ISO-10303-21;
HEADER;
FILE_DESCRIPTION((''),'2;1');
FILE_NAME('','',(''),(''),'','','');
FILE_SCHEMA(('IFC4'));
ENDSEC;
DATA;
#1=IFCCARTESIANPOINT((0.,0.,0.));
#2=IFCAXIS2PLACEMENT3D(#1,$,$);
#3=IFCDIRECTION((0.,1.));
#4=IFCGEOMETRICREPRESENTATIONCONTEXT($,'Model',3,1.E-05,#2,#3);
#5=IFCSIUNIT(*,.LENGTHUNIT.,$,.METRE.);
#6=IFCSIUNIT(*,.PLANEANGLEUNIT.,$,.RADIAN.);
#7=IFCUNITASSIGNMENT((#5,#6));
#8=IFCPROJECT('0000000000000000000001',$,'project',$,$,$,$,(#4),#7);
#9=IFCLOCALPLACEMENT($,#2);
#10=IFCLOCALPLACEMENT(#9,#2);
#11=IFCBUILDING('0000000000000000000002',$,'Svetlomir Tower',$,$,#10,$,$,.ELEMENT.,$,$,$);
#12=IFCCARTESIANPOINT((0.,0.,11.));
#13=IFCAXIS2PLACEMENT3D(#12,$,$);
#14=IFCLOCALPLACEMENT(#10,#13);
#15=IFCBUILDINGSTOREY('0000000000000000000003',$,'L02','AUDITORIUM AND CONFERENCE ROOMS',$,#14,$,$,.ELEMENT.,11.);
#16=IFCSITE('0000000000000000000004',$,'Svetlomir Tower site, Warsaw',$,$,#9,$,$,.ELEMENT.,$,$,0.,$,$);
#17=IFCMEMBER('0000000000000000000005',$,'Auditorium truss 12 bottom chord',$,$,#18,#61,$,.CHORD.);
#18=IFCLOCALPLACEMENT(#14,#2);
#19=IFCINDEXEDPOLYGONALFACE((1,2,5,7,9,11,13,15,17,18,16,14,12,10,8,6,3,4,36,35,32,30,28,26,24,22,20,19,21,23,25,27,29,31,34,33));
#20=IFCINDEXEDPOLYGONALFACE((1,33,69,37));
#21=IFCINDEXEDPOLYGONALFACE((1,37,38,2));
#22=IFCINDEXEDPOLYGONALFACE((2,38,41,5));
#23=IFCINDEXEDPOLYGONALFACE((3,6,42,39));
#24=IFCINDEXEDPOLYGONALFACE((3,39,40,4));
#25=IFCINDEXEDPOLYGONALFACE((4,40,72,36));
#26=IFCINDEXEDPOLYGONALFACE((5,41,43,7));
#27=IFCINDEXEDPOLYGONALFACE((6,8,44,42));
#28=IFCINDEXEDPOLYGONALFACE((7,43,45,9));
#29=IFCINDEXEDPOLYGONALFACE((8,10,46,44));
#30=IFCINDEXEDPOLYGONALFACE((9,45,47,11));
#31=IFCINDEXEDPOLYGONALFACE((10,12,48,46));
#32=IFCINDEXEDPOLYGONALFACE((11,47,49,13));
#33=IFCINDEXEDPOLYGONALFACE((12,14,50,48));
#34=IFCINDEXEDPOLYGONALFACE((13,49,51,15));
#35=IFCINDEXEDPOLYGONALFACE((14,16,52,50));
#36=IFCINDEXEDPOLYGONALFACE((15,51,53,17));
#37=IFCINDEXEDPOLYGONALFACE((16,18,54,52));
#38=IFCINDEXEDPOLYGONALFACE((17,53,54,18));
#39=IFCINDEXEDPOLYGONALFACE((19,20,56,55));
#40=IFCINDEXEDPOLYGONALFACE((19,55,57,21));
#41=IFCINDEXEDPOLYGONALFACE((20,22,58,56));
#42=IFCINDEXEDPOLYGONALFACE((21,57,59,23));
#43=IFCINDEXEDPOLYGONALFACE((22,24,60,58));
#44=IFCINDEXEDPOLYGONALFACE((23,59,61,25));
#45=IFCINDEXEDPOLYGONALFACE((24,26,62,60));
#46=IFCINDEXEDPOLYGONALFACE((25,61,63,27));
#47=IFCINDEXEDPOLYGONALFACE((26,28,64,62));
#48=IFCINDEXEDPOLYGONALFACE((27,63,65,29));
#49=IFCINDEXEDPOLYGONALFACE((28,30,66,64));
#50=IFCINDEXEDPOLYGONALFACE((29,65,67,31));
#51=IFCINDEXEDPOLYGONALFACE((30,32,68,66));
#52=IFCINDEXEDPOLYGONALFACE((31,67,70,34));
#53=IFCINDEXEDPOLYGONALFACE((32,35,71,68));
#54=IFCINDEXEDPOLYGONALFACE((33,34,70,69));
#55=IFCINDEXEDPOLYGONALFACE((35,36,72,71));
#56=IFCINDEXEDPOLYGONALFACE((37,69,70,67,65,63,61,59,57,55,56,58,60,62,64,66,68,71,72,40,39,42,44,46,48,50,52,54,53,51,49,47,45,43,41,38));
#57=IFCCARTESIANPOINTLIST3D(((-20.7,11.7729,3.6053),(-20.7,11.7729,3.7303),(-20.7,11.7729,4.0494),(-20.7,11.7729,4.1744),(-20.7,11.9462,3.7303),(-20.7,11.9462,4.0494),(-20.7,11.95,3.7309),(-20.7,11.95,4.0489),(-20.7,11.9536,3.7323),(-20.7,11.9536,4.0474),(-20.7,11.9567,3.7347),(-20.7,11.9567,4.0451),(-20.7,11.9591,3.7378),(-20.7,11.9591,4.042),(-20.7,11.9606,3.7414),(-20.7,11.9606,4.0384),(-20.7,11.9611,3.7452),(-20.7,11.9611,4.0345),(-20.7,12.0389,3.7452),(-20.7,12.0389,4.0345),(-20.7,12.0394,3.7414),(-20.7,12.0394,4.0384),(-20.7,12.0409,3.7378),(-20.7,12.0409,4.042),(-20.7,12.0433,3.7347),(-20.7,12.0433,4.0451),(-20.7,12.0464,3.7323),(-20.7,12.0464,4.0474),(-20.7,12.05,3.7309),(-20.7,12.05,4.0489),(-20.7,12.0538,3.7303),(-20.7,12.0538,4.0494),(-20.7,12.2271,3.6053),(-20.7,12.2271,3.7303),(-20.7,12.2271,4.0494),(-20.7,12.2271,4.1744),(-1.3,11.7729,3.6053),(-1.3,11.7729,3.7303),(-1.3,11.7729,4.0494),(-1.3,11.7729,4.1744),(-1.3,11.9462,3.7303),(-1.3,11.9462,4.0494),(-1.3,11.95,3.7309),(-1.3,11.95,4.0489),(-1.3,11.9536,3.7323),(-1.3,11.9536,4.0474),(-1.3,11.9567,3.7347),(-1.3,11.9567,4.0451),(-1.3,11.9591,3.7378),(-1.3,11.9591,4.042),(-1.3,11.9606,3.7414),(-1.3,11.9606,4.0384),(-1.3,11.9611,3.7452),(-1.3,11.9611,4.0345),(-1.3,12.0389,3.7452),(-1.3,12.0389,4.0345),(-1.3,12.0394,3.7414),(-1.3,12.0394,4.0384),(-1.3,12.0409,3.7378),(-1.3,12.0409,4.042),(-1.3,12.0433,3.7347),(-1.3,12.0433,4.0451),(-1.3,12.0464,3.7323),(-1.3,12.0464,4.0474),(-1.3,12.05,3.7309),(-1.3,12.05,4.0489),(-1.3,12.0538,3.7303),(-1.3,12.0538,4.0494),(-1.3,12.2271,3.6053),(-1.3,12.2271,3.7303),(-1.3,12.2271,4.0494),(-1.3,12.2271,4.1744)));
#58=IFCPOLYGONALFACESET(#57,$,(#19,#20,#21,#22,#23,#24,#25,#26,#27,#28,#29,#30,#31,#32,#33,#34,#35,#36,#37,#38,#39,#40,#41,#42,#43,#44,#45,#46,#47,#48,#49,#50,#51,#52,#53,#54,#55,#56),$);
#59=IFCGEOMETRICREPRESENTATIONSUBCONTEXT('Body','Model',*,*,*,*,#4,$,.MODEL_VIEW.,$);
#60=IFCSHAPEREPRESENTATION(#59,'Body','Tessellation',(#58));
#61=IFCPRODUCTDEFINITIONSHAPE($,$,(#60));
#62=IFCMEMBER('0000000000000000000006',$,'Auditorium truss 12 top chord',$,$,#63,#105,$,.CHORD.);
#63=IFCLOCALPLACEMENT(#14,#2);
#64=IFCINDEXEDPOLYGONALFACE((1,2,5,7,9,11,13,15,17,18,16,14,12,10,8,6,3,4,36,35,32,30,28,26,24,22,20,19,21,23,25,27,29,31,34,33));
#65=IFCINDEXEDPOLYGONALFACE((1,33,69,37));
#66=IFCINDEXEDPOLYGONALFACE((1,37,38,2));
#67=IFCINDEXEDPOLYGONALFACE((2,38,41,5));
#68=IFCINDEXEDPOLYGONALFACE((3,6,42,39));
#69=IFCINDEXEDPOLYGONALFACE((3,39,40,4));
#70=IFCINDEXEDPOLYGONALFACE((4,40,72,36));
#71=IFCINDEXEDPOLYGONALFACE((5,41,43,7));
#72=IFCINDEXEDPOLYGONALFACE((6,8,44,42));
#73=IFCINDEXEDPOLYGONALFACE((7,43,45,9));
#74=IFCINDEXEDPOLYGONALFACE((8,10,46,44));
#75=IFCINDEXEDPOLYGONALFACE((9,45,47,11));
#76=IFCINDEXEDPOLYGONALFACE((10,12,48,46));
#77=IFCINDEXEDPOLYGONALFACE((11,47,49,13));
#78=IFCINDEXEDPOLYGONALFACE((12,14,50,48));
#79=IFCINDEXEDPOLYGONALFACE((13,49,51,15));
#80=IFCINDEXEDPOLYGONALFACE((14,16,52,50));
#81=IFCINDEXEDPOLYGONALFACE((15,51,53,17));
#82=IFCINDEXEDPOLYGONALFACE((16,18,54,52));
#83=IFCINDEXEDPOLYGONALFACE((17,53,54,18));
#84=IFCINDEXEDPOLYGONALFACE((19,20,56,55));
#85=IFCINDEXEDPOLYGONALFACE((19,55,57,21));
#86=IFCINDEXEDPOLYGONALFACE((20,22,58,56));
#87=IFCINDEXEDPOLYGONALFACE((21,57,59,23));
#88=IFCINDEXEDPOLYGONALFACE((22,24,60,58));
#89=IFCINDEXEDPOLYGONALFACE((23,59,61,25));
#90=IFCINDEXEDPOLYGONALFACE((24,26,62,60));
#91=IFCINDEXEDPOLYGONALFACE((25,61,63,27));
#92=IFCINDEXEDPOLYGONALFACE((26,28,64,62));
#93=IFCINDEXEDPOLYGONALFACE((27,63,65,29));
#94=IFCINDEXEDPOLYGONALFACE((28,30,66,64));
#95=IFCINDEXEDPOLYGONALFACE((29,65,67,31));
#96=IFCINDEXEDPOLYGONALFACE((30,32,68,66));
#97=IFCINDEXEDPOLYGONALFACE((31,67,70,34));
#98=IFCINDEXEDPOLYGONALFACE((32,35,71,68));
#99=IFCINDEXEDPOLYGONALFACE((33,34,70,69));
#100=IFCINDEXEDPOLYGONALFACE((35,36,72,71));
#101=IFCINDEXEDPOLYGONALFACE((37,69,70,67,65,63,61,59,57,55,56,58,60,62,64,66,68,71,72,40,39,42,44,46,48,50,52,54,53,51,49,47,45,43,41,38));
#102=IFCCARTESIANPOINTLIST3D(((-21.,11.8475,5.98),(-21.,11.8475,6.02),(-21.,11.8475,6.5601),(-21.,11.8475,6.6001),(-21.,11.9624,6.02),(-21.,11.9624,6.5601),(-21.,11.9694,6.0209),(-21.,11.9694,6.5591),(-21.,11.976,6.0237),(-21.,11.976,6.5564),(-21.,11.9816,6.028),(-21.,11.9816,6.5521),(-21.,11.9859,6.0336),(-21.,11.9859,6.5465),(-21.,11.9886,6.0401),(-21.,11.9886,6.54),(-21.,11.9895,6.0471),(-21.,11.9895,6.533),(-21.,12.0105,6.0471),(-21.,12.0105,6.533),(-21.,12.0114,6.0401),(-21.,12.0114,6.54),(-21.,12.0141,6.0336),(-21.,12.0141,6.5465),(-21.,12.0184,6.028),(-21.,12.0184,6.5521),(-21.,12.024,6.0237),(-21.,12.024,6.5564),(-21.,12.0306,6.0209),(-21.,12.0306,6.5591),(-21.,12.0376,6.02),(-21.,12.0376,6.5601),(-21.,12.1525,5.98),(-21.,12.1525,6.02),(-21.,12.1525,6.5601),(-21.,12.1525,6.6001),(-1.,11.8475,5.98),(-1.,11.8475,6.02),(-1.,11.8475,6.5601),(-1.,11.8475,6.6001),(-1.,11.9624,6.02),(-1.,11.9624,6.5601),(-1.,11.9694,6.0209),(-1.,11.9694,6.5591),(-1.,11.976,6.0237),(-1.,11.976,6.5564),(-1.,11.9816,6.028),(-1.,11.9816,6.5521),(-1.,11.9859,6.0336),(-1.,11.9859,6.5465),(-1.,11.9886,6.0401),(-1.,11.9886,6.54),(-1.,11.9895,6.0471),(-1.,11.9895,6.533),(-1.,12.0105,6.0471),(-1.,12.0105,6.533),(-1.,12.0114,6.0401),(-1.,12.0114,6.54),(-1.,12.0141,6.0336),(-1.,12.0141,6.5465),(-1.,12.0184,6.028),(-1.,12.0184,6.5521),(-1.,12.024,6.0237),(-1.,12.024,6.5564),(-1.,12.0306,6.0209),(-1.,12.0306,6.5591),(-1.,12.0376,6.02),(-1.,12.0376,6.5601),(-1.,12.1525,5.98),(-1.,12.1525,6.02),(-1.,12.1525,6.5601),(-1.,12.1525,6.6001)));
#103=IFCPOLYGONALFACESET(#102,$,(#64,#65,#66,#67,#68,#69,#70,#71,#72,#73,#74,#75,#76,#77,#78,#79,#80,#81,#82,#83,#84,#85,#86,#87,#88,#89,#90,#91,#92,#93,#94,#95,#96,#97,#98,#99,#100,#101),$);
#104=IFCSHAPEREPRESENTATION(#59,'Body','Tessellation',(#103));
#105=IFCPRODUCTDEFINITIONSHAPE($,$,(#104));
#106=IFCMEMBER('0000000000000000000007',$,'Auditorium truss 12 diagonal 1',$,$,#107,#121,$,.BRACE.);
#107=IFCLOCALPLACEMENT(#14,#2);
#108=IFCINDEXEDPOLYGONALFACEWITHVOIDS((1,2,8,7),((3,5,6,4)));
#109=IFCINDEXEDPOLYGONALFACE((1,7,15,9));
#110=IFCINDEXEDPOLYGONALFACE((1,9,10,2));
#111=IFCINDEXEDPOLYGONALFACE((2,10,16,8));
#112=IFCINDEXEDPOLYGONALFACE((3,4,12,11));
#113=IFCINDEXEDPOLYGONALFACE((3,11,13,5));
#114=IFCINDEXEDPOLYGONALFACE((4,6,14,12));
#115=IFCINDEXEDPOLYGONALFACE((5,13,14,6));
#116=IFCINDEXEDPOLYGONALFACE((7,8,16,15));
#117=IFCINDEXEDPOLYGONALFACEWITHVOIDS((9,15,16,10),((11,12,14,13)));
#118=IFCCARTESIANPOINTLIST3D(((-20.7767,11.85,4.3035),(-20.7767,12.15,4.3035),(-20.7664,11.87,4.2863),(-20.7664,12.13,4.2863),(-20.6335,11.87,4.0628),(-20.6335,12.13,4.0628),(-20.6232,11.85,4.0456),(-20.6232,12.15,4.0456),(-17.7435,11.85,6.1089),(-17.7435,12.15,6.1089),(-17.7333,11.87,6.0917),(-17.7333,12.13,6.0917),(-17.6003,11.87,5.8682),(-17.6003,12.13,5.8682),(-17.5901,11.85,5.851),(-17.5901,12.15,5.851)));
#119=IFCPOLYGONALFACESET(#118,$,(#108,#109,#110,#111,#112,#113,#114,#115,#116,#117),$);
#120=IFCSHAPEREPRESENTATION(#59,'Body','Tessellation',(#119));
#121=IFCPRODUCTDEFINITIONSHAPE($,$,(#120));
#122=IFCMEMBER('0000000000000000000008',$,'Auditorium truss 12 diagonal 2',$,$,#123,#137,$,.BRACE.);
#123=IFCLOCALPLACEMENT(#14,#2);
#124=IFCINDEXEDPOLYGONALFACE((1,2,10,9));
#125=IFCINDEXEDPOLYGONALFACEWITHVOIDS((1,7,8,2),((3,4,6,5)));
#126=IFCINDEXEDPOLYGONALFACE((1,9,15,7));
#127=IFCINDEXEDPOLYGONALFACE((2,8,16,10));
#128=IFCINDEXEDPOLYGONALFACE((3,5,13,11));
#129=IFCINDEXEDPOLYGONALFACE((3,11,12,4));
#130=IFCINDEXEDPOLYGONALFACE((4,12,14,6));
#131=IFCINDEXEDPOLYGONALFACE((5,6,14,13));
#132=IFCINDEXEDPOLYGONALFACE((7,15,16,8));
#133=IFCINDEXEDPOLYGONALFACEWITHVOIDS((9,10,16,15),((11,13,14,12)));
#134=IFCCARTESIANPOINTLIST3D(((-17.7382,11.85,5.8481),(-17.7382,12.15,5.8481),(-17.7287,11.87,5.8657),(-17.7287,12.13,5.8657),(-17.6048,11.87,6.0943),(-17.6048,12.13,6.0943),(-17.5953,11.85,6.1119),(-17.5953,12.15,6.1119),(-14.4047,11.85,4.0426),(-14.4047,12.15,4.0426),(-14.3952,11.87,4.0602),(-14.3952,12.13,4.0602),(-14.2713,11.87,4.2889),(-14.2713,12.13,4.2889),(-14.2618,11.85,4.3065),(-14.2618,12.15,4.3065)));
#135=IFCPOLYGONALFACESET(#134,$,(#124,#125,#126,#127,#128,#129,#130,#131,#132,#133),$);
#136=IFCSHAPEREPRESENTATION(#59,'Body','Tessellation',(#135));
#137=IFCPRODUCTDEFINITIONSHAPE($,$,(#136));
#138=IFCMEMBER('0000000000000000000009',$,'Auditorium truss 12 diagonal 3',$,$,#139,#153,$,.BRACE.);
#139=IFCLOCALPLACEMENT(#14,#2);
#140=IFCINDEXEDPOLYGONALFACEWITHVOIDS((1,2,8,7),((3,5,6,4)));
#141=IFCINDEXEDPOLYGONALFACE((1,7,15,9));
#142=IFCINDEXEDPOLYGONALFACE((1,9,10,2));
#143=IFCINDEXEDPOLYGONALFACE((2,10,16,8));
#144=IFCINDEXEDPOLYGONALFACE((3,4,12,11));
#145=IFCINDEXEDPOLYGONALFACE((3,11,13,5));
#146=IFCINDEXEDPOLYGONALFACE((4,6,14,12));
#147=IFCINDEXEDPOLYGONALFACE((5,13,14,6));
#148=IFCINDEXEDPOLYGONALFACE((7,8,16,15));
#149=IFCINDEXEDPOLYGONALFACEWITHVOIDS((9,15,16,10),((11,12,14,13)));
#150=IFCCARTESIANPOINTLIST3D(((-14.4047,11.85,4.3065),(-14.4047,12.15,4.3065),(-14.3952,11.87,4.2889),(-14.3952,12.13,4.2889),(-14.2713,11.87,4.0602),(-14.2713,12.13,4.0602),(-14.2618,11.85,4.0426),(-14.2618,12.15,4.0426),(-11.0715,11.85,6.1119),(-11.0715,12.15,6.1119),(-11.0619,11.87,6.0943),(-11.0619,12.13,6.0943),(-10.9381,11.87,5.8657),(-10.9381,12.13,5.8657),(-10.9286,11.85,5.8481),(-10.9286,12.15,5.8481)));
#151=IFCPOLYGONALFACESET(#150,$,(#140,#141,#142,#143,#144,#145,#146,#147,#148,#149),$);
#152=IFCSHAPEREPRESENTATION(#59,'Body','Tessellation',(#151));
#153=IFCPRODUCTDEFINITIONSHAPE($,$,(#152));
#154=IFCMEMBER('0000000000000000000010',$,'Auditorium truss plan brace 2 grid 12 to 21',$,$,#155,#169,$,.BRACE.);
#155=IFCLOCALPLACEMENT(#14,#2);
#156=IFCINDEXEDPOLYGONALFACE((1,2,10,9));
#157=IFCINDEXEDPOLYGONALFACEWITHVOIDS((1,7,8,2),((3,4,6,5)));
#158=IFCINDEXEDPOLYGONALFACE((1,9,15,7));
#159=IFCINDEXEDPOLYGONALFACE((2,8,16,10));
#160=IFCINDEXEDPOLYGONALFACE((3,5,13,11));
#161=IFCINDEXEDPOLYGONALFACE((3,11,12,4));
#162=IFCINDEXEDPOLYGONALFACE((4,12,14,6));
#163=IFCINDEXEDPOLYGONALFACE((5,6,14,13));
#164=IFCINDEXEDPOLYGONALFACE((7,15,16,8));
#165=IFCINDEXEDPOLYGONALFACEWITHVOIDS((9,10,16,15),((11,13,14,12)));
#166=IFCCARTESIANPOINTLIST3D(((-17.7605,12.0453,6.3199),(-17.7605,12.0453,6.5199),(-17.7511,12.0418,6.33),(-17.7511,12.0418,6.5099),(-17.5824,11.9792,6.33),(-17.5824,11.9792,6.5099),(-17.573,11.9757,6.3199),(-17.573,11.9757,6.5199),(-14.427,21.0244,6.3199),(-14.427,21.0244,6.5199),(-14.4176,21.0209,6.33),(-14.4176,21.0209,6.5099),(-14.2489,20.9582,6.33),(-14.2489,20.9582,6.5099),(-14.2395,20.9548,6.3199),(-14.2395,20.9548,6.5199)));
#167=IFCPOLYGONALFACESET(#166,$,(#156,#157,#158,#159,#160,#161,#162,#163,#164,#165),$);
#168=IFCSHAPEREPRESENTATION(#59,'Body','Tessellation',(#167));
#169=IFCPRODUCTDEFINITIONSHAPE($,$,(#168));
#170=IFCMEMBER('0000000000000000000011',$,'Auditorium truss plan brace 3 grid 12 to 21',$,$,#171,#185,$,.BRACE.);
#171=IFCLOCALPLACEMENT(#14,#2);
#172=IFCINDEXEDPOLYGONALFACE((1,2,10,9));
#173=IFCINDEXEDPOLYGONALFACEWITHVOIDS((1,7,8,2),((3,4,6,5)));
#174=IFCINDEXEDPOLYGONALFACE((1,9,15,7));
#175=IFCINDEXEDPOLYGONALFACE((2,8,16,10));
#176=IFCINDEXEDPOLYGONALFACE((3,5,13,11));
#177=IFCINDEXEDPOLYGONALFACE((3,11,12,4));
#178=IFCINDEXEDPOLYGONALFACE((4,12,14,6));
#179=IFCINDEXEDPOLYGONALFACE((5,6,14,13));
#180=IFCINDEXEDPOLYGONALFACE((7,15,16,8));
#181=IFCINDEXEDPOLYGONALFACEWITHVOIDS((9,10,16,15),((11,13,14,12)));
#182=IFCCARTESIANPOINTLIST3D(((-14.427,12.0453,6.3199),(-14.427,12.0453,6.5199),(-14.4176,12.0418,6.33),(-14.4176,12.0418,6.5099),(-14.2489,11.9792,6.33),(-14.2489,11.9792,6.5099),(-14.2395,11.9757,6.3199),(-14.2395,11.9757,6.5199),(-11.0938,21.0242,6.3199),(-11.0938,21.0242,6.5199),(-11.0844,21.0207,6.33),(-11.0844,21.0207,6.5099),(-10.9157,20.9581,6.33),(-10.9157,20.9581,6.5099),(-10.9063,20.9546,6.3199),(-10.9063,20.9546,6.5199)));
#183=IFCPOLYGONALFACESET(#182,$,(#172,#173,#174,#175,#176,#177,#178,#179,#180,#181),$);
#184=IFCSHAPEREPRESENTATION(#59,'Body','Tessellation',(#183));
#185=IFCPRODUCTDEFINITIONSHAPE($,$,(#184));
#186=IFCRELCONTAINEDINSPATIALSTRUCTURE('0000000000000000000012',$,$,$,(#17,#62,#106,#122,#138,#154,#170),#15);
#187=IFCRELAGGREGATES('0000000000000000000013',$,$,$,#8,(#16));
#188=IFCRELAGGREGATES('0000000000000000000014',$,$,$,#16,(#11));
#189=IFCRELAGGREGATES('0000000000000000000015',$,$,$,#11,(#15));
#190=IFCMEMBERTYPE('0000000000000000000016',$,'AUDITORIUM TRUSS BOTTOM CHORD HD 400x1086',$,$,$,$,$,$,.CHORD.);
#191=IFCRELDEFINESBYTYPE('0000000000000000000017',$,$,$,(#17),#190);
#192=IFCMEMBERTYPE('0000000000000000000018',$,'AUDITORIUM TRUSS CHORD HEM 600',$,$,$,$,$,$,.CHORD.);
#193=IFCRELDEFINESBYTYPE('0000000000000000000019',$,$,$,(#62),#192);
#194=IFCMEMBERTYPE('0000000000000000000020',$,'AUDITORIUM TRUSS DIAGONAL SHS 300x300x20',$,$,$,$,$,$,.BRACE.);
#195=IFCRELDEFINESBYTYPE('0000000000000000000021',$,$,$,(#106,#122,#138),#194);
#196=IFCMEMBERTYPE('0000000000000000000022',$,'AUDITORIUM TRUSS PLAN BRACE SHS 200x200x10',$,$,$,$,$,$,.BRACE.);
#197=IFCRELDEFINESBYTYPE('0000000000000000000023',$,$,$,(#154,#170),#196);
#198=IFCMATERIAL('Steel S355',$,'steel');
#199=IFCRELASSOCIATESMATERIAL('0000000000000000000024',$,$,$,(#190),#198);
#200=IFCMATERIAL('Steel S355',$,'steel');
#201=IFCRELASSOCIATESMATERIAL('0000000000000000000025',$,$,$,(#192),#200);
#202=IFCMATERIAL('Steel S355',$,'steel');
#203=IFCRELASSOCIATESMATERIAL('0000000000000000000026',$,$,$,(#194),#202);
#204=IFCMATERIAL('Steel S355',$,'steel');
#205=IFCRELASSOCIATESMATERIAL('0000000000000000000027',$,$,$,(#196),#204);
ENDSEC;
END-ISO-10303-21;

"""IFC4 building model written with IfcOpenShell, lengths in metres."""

from ifc_helpers import new_model, si_unit, direction, frame, origin, origin_2d, place, context, subcontext, project, spatial, hollow_rectangle, i_section, extrude, material, material_profile, profile_set, type_object, element, save


model = new_model("IFC4")

# Units and contexts
model_context = context("Model", 3, precision=1e-05, world=origin(), true_north=direction((0.0, 1.0)))
body_context = subcontext(model_context, "Body", "Model", "MODEL_VIEW")
ifc_project = project(units=[si_unit("LENGTHUNIT", "METRE"), si_unit("PLANEANGLEUNIT", "RADIAN")], contexts=[model_context])

# Site, building, storey
site_placement = place(None, origin())
site = spatial("IfcSite", under=ifc_project, at=site_placement, Name="Svetlomir Tower site, Warsaw", CompositionType="ELEMENT", RefElevation=0.0)
building_placement = place(site_placement, origin())
building = spatial("IfcBuilding", under=site, at=building_placement, Name="Svetlomir Tower", CompositionType="ELEMENT")
storey_placement = place(building_placement, frame((0.0, 0.0, 11.0)))
storey = spatial("IfcBuildingStorey", under=building, at=storey_placement, Name="L02", Description="AUDITORIUM AND CONFERENCE ROOMS", CompositionType="ELEMENT", Elevation=11.0)

# Members
ifc_material_1 = material(Name="Steel S355", Category="steel")
ifc_material_profile_1 = material_profile(ifc_material_1, i_section(OverallWidth=0.4541, OverallDepth=0.5691, WebThickness=0.0779, FlangeThickness=0.125, FilletRadius=0.0149, at=origin_2d()), Name="HD 400x1086")
ifc_profile_set_1 = profile_set([ifc_material_profile_1], Name="Steel S355")
member_type_1 = type_object("IfcMemberType", Name="AUDITORIUM TRUSS BOTTOM CHORD HD 400x1086", PredefinedType="CHORD", material=ifc_profile_set_1)
member_1_placement = place(storey_placement, frame((-20.7, 12.0, 3.8899), z_axis=(1.0, 0.0, 0.0), x_axis=(0.0, 1.0, 0.0)))
element("IfcMember", 1, at=member_1_placement, inside=storey, type_object=member_type_1, Name="Auditorium truss 12 bottom chord", PredefinedType="CHORD", context=body_context, shape_type="SweptSolid", body=[
    extrude(i_section(OverallWidth=0.4541, OverallDepth=0.5691, WebThickness=0.0779, FlangeThickness=0.125, FilletRadius=0.0149, at=origin_2d()), origin(), (0.0, 0.0, 1.0), 19.3999),
])
ifc_material_2 = material(Name="Steel S355", Category="steel")
ifc_material_profile_2 = material_profile(ifc_material_2, i_section(OverallWidth=0.3049, OverallDepth=0.6201, WebThickness=0.021, FlangeThickness=0.04, FilletRadius=0.0271, at=origin_2d()), Name="HEM 600")
ifc_profile_set_2 = profile_set([ifc_material_profile_2], Name="Steel S355")
member_type_2 = type_object("IfcMemberType", Name="AUDITORIUM TRUSS CHORD HEM 600", PredefinedType="CHORD", material=ifc_profile_set_2)
member_2_placement = place(storey_placement, frame((-21.0, 12.0, 6.29), z_axis=(1.0, 0.0, 0.0), x_axis=(0.0, 1.0, 0.0)))
element("IfcMember", 2, at=member_2_placement, inside=storey, type_object=member_type_2, Name="Auditorium truss 12 top chord", PredefinedType="CHORD", context=body_context, shape_type="SweptSolid", body=[
    extrude(i_section(OverallWidth=0.3049, OverallDepth=0.6201, WebThickness=0.021, FlangeThickness=0.04, FilletRadius=0.0271, at=origin_2d()), origin(), (0.0, 0.0, 1.0), 20.0),
])
ifc_material_3 = material(Name="Steel S355", Category="steel")
ifc_material_profile_3 = material_profile(ifc_material_3, hollow_rectangle(XDim=0.3, YDim=0.3, WallThickness=0.02, at=origin_2d()), Name="SHS 300x300x20")
ifc_profile_set_3 = profile_set([ifc_material_profile_3], Name="Steel S355")
member_type_3 = type_object("IfcMemberType", Name="AUDITORIUM TRUSS DIAGONAL SHS 300x300x20", PredefinedType="BRACE", material=ifc_profile_set_3)
member_3_placement = place(storey_placement, frame((-20.7, 12.0, 4.1746), z_axis=(0.8593, 0.0, 0.511472), x_axis=(0.0, 1.0, 0.0)))
element("IfcMember", 3, at=member_3_placement, inside=storey, type_object=member_type_3, Name="Auditorium truss 12 diagonal 1", PredefinedType="BRACE", context=body_context, shape_type="SweptSolid", body=[
    extrude(hollow_rectangle(XDim=0.3, YDim=0.3, WallThickness=0.02, at=origin_2d()), origin(), (0.0, 0.0, 1.0), 3.5298),
])
member_4_placement = place(storey_placement, frame((-17.6667, 12.0, 5.98), z_axis=(0.879317, 0.0, -0.476238), x_axis=(0.0, 1.0, 0.0)))
element("IfcMember", 4, at=member_4_placement, inside=storey, type_object=member_type_3, Name="Auditorium truss 12 diagonal 2", PredefinedType="BRACE", context=body_context, shape_type="SweptSolid", body=[
    extrude(hollow_rectangle(XDim=0.3, YDim=0.3, WallThickness=0.02, at=origin_2d()), origin(), (0.0, 0.0, 1.0), 3.791),
])
member_5_placement = place(storey_placement, frame((-14.3333, 12.0, 4.1746), z_axis=(0.879302, 0.0, 0.476264), x_axis=(0.0, 1.0, 0.0)))
element("IfcMember", 5, at=member_5_placement, inside=storey, type_object=member_type_3, Name="Auditorium truss 12 diagonal 3", PredefinedType="BRACE", context=body_context, shape_type="SweptSolid", body=[
    extrude(hollow_rectangle(XDim=0.3, YDim=0.3, WallThickness=0.02, at=origin_2d()), origin(), (0.0, 0.0, 1.0), 3.7908),
])
ifc_material_4 = material(Name="Steel S355", Category="steel")
ifc_material_profile_4 = material_profile(ifc_material_4, hollow_rectangle(XDim=0.2, YDim=0.2, WallThickness=0.01, at=origin_2d()), Name="SHS 200x200x10")
ifc_profile_set_4 = profile_set([ifc_material_profile_4], Name="Steel S355")
member_type_4 = type_object("IfcMemberType", Name="AUDITORIUM TRUSS PLAN BRACE SHS 200x200x10", PredefinedType="BRACE", material=ifc_profile_set_4)
member_6_placement = place(storey_placement, frame((-17.6667, 12.0105, 6.4199), z_axis=(0.348043, 0.937479, 0.0), x_axis=(-0.937479, 0.348043, 0.0)))
element("IfcMember", 6, at=member_6_placement, inside=storey, type_object=member_type_4, Name="Auditorium truss plan brace 2 grid 12 to 21", PredefinedType="BRACE", context=body_context, shape_type="SweptSolid", body=[
    extrude(hollow_rectangle(XDim=0.2, YDim=0.2, WallThickness=0.01, at=origin_2d()), origin(), (0.0, 0.0, 1.0), 9.5779),
])
member_7_placement = place(storey_placement, frame((-14.3333, 12.0105, 6.4199), z_axis=(0.348021, 0.937487, 0.0), x_axis=(-0.937487, 0.348021, 0.0)))
element("IfcMember", 7, at=member_7_placement, inside=storey, type_object=member_type_4, Name="Auditorium truss plan brace 3 grid 12 to 21", PredefinedType="BRACE", context=body_context, shape_type="SweptSolid", body=[
    extrude(hollow_rectangle(XDim=0.2, YDim=0.2, WallThickness=0.01, at=origin_2d()), origin(), (0.0, 0.0, 1.0), 9.5776),
])

save(model, "model.ifc")
